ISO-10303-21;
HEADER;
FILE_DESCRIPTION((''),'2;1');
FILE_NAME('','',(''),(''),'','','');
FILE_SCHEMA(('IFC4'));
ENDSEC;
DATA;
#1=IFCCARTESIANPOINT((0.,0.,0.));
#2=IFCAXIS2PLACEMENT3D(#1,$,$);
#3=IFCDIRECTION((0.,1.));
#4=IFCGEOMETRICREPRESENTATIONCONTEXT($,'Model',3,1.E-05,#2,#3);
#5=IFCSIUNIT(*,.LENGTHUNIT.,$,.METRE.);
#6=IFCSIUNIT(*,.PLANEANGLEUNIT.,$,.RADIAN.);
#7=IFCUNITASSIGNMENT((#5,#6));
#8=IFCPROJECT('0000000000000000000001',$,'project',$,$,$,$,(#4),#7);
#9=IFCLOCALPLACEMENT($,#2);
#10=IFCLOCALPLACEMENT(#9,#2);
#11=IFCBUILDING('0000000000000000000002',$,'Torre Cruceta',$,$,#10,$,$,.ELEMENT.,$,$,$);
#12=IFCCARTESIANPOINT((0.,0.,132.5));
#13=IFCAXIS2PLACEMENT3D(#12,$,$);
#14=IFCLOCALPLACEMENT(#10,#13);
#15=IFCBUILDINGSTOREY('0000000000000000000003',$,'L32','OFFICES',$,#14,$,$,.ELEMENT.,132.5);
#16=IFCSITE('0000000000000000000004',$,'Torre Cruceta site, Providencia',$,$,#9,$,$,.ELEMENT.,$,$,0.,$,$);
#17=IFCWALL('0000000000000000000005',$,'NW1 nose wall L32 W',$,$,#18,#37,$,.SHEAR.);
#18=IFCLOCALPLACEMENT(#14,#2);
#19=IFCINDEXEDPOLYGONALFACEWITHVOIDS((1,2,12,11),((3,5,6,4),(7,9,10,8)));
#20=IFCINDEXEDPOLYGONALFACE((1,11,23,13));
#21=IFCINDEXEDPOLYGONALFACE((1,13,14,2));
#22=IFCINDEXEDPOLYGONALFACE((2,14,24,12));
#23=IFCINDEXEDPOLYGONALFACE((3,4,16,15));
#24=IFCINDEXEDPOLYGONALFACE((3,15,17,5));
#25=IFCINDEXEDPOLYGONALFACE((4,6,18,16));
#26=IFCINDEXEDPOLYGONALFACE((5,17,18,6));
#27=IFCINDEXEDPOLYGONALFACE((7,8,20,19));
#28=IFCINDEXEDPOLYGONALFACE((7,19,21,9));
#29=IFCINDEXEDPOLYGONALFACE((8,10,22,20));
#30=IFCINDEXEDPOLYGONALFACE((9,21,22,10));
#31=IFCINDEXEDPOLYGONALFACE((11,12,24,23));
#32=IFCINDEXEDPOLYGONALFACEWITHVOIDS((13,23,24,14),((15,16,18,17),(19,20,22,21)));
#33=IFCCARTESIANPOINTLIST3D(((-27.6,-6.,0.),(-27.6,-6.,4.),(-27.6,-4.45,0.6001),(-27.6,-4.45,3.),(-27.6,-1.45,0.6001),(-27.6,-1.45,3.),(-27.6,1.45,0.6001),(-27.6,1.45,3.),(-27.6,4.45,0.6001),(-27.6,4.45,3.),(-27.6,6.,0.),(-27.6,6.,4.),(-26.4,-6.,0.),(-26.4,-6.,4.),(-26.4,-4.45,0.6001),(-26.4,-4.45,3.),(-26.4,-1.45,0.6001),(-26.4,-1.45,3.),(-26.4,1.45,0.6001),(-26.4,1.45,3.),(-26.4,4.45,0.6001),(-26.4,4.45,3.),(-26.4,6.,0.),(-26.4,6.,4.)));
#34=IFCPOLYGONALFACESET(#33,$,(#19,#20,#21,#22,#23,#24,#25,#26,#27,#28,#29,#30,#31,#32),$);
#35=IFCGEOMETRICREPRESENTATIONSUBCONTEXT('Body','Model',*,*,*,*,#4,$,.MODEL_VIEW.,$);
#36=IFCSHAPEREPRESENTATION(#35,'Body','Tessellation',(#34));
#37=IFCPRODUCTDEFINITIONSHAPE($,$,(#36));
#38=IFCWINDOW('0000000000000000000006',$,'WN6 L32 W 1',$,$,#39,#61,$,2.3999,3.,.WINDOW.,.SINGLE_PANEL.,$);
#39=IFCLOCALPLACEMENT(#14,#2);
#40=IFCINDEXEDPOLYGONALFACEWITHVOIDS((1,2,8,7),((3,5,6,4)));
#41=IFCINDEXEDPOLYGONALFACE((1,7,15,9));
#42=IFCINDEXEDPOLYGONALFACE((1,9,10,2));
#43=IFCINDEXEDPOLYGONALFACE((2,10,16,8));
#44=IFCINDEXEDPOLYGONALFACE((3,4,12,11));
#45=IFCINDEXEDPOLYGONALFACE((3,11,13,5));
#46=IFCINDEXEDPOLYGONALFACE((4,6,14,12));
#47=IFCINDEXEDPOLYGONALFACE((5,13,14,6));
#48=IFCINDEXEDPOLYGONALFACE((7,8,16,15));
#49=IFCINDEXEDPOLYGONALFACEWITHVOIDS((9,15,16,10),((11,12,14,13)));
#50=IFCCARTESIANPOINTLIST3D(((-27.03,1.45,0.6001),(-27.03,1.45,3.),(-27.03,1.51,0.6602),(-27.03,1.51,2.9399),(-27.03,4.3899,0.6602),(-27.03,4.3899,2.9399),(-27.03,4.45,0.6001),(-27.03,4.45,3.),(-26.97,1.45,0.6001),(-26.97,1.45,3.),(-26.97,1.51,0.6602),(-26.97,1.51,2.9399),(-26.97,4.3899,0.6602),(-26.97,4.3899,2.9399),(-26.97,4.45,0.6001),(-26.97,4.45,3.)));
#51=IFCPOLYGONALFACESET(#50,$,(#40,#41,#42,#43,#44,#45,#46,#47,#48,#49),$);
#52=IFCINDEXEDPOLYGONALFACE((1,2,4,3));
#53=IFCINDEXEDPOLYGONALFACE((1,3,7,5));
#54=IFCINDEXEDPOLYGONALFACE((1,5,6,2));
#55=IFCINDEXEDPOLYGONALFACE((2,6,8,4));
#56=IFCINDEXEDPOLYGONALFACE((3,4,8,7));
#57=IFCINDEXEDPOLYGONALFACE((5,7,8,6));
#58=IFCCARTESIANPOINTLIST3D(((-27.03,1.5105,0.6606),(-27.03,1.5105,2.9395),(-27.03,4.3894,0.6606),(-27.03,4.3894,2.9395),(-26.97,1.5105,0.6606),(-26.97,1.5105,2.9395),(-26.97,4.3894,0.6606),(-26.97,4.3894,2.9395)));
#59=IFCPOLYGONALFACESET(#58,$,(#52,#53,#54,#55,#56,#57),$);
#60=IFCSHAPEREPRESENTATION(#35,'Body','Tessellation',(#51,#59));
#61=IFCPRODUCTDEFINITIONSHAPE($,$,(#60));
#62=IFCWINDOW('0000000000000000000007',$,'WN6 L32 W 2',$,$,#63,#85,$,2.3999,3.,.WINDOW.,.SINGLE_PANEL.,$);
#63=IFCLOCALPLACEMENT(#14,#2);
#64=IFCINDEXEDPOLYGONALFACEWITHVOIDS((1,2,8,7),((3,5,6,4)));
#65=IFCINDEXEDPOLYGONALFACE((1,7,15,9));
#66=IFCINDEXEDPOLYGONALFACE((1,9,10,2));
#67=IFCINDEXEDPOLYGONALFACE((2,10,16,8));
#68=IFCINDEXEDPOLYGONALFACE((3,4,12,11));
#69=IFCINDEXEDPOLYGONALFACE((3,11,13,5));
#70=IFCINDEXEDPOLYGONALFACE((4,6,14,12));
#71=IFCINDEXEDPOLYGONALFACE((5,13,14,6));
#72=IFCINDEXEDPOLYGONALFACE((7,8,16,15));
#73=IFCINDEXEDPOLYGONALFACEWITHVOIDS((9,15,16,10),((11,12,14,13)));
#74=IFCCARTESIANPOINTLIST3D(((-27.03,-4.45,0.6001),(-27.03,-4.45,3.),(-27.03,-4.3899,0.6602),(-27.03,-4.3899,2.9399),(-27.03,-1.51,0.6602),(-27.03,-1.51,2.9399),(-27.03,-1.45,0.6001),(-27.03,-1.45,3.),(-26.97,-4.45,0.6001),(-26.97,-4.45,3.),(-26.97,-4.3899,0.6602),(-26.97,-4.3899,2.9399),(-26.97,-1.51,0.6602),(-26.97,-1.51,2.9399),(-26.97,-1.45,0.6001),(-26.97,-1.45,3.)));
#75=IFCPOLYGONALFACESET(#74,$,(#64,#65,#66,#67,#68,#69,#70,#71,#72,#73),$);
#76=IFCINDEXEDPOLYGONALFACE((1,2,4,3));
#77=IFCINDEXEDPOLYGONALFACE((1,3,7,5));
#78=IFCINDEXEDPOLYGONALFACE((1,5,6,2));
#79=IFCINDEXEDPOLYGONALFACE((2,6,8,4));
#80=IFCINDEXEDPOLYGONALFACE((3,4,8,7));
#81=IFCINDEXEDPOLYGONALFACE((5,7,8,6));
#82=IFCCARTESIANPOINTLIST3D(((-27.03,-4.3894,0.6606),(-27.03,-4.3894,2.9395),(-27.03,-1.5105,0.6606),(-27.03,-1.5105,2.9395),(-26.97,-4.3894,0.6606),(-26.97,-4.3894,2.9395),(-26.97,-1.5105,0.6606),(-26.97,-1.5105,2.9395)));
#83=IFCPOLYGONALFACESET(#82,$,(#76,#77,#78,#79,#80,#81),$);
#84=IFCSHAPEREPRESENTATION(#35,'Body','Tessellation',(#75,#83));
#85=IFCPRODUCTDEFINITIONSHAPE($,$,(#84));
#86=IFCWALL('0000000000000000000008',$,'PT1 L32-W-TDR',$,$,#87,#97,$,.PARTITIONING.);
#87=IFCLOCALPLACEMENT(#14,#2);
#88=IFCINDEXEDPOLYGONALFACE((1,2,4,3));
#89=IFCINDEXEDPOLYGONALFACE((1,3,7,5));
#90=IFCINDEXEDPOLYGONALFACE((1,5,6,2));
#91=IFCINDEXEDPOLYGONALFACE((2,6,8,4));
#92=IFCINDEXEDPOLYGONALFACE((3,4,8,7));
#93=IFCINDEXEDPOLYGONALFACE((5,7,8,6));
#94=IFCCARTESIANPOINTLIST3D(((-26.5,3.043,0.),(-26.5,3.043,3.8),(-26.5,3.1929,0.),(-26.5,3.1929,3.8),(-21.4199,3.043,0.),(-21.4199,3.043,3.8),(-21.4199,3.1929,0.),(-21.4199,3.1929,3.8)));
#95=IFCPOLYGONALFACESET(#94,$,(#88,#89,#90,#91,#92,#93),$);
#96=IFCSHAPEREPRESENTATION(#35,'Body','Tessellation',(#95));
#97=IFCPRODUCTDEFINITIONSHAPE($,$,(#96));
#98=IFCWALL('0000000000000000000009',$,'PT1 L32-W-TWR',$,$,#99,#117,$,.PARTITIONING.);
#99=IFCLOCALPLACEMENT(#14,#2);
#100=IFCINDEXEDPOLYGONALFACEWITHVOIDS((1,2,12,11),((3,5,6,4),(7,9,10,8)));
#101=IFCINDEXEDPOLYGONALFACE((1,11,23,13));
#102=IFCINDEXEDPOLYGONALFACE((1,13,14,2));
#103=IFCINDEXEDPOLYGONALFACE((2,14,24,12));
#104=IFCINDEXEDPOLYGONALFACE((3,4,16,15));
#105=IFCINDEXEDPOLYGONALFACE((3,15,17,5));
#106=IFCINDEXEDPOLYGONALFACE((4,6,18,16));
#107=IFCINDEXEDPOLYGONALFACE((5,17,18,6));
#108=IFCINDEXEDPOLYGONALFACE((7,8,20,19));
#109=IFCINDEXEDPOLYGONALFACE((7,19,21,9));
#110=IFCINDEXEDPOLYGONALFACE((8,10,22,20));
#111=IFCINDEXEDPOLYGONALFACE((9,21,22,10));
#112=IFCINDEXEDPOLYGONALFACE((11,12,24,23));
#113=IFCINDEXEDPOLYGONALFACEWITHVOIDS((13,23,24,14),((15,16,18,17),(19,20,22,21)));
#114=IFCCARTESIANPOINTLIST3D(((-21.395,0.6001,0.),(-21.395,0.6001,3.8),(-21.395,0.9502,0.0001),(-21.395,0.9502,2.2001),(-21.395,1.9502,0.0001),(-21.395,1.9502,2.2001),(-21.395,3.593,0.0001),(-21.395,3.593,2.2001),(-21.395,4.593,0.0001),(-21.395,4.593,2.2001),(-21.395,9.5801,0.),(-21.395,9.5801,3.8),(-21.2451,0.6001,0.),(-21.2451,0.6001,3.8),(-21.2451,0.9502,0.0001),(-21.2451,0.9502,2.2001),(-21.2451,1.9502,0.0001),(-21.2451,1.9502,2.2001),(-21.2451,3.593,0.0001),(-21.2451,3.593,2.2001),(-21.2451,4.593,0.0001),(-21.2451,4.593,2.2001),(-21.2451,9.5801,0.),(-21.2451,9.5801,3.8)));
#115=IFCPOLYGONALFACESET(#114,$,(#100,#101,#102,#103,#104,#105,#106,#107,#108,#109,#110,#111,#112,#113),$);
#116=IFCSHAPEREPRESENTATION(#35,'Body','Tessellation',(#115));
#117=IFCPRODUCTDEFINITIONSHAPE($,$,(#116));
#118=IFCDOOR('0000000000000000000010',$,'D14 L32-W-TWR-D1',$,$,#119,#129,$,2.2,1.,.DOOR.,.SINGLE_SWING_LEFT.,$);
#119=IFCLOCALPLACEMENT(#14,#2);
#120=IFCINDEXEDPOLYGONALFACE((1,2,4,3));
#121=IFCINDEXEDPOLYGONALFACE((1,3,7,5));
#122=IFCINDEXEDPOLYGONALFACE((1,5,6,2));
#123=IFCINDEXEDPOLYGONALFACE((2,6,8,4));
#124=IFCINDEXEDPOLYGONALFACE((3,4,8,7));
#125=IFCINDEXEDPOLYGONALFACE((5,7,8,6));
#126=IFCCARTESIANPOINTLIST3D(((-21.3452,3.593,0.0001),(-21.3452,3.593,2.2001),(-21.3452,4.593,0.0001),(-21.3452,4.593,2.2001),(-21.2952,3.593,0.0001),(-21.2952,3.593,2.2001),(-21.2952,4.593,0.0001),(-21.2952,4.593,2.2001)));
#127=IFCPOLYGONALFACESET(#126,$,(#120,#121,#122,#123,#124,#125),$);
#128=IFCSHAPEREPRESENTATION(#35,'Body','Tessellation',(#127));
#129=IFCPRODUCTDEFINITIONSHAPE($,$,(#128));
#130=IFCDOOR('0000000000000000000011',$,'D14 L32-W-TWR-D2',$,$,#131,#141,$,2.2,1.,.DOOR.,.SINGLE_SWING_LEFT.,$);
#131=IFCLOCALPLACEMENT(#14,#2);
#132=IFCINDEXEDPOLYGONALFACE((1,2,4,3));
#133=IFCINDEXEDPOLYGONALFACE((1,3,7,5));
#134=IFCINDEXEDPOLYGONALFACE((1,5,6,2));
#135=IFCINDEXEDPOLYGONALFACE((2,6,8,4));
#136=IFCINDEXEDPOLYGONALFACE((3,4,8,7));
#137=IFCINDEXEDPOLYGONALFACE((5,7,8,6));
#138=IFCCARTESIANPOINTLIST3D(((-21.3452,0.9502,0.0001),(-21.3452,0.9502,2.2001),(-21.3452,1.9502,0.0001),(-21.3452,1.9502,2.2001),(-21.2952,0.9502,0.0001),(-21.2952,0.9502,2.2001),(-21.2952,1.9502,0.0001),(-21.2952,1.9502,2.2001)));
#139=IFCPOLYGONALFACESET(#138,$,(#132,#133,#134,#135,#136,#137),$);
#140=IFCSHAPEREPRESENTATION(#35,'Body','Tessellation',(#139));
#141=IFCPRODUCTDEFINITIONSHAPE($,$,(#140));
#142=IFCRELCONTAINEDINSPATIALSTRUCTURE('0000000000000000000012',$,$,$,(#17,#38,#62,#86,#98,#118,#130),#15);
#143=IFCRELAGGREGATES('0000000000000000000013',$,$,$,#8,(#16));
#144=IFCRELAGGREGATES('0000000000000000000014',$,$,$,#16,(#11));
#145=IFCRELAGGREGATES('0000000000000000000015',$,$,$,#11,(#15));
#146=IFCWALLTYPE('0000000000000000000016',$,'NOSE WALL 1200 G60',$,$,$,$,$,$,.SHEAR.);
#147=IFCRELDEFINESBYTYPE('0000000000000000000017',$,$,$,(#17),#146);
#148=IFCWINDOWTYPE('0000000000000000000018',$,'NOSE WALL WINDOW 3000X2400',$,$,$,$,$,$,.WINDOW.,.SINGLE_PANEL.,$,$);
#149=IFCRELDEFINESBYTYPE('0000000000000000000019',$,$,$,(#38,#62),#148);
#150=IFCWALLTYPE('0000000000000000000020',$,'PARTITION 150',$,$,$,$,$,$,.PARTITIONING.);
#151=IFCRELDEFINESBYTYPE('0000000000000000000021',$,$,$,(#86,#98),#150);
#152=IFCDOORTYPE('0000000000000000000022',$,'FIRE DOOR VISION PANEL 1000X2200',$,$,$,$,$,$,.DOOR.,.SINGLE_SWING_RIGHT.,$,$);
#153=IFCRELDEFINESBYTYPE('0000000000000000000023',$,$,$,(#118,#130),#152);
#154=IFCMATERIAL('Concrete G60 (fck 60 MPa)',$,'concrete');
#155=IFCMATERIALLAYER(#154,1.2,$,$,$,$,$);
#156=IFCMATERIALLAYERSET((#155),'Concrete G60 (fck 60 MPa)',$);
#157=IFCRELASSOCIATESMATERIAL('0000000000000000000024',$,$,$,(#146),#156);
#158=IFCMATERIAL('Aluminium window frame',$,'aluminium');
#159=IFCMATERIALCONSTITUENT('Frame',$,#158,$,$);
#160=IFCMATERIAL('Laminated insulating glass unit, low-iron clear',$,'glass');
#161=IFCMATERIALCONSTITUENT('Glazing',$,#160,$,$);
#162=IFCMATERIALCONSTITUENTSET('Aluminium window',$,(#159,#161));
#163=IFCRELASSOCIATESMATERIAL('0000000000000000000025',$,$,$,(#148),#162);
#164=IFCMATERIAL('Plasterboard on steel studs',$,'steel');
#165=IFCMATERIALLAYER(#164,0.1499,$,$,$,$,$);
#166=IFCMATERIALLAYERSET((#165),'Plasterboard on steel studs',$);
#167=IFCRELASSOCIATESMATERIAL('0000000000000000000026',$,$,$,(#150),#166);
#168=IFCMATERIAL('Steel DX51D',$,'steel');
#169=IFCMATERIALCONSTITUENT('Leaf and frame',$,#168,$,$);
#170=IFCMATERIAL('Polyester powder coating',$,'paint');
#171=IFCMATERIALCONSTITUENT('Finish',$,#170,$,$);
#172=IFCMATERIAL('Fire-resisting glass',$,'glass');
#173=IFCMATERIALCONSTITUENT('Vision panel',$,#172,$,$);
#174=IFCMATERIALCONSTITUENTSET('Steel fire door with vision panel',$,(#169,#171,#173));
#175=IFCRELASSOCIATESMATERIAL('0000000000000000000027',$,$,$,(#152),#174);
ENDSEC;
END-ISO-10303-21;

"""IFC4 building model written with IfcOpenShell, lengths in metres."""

from ifc_helpers import new_model, si_unit, direction, frame, frame_2d, origin, place, context, subcontext, project, spatial, rectangle, hollow_rectangle, extrude, material, layer, layer_set, constituent, constituent_set, type_object, element, fill, save


model = new_model("IFC4")

# Units and contexts
model_context = context("Model", 3, precision=1e-05, world=origin(), true_north=direction((0.0, 1.0)))
body_context = subcontext(model_context, "Body", "Model", "MODEL_VIEW")
ifc_project = project(units=[si_unit("LENGTHUNIT", "METRE"), si_unit("PLANEANGLEUNIT", "RADIAN")], contexts=[model_context])

# Site, building, storey
site_placement = place(None, origin())
site = spatial("IfcSite", under=ifc_project, at=site_placement, Name="Torre Cruceta site, Providencia", CompositionType="ELEMENT", RefElevation=0.0)
building_placement = place(site_placement, origin())
building = spatial("IfcBuilding", under=site, at=building_placement, Name="Torre Cruceta", CompositionType="ELEMENT")
storey_placement = place(building_placement, frame((0.0, 0.0, 132.5)))
storey = spatial("IfcBuildingStorey", under=building, at=storey_placement, Name="L32", Description="OFFICES", CompositionType="ELEMENT", Elevation=132.5)

# Wall, openings, windows
ifc_material_1 = material(Name="Concrete G60 (fck 60 MPa)", Category="concrete")
ifc_layer_1 = layer(ifc_material_1, 1.2)
ifc_layer_set_1 = layer_set([ifc_layer_1], Name="Concrete G60 (fck 60 MPa)")
wall_type_1 = type_object("IfcWallType", Name="NOSE WALL 1200 G60", PredefinedType="SHEAR", material=ifc_layer_set_1)
wall_1_placement = place(storey_placement, frame((-27.0, 6.0, 0.0), z_axis=(0.0, 0.0, 1.0), x_axis=(0.0, -1.0, 0.0)))
wall_1 = element("IfcWall", 1, at=wall_1_placement, inside=storey, type_object=wall_type_1, Name="NW1 nose wall L32 W", PredefinedType="SHEAR", context=body_context, shape_type="SweptSolid", body=[
    extrude(rectangle(XDim=12.0, YDim=1.2, at=frame_2d((6.0, 0.0))), origin(), (0.0, 0.0, 1.0), 4.0),
])
opening_1_placement = place(wall_1_placement, frame((1.55, 0.0, 0.6001)))
opening_1 = element("IfcOpeningElement", 2, at=opening_1_placement, cuts=wall_1, PredefinedType="OPENING", context=body_context, shape_type="SweptSolid", body=[
    extrude(rectangle(XDim=3.0, YDim=2.3999, at=frame_2d((1.5, 1.2))), frame((0.0, 0.6099, 0.0), z_axis=(0.0, -1.0, 0.0), x_axis=(1.0, 0.0, 0.0)), (0.0, 0.0, 1.0), 1.22),
])
opening_2_placement = place(wall_1_placement, frame((7.45, 0.0, 0.6001)))
opening_2 = element("IfcOpeningElement", 3, at=opening_2_placement, cuts=wall_1, PredefinedType="OPENING", context=body_context, shape_type="SweptSolid", body=[
    extrude(rectangle(XDim=3.0, YDim=2.3999, at=frame_2d((1.5, 1.2))), frame((0.0, 0.6099, 0.0), z_axis=(0.0, -1.0, 0.0), x_axis=(1.0, 0.0, 0.0)), (0.0, 0.0, 1.0), 1.22),
])
ifc_material_2 = material(Name="Aluminium window frame", Category="aluminium")
ifc_constituent_1 = constituent(ifc_material_2, Name="Frame")
ifc_material_3 = material(Name="Laminated insulating glass unit, low-iron clear", Category="glass")
ifc_constituent_2 = constituent(ifc_material_3, Name="Glazing")
ifc_constituent_set_1 = constituent_set(constituents=[ifc_constituent_1, ifc_constituent_2], Name="Aluminium window")
window_type_1 = type_object("IfcWindowType", Name="NOSE WALL WINDOW 3000X2400", PartitioningType="SINGLE_PANEL", PredefinedType="WINDOW", material=ifc_constituent_set_1)
window_1_placement = place(opening_1_placement, origin())
window_1 = element("IfcWindow", 4, at=window_1_placement, inside=storey, type_object=window_type_1, Name="WN6 L32 W 1", OverallHeight=2.3999, OverallWidth=3.0, PartitioningType="SINGLE_PANEL", PredefinedType="WINDOW", context=body_context, shape_type="SweptSolid", body=[
    extrude(hollow_rectangle(XDim=3.0, YDim=2.3999, WallThickness=0.0601, at=frame_2d((1.5, 1.2))), frame((0.0, 0.03, 0.0), z_axis=(0.0, -1.0, 0.0), x_axis=(1.0, 0.0, 0.0)), (0.0, 0.0, 1.0), 0.0601),
    extrude(rectangle(XDim=2.8789, YDim=2.2788, at=frame_2d((1.5, 1.2))), frame((0.0, 0.03, 0.0), z_axis=(0.0, -1.0, 0.0), x_axis=(1.0, 0.0, 0.0)), (0.0, 0.0, 1.0), 0.0601),
])
fill(opening_1, window_1)
window_2_placement = place(opening_2_placement, origin())
window_2 = element("IfcWindow", 5, at=window_2_placement, inside=storey, type_object=window_type_1, Name="WN6 L32 W 2", OverallHeight=2.3999, OverallWidth=3.0, PartitioningType="SINGLE_PANEL", PredefinedType="WINDOW", context=body_context, shape_type="SweptSolid", body=[
    extrude(hollow_rectangle(XDim=3.0, YDim=2.3999, WallThickness=0.0601, at=frame_2d((1.5, 1.2))), frame((0.0, 0.03, 0.0), z_axis=(0.0, -1.0, 0.0), x_axis=(1.0, 0.0, 0.0)), (0.0, 0.0, 1.0), 0.0601),
    extrude(rectangle(XDim=2.8789, YDim=2.2788, at=frame_2d((1.5, 1.2))), frame((0.0, 0.03, 0.0), z_axis=(0.0, -1.0, 0.0), x_axis=(1.0, 0.0, 0.0)), (0.0, 0.0, 1.0), 0.0601),
])
fill(opening_2, window_2)

# Wall
ifc_material_4 = material(Name="Plasterboard on steel studs", Category="steel")
ifc_layer_2 = layer(ifc_material_4, 0.1499)
ifc_layer_set_2 = layer_set([ifc_layer_2], Name="Plasterboard on steel studs")
wall_type_2 = type_object("IfcWallType", Name="PARTITION 150", PredefinedType="PARTITIONING", material=ifc_layer_set_2)
wall_2_placement = place(storey_placement, frame((-21.4199, 3.1179, 0.0), z_axis=(0.0, 0.0, 1.0), x_axis=(-1.0, 0.0, 0.0)))
element("IfcWall", 6, at=wall_2_placement, inside=storey, type_object=wall_type_2, Name="PT1 L32-W-TDR", PredefinedType="PARTITIONING", context=body_context, shape_type="SweptSolid", body=[
    extrude(rectangle(XDim=5.0801, YDim=0.1499, at=frame_2d((2.54, 0.0))), origin(), (0.0, 0.0, 1.0), 3.8),
])

# Wall, openings, doors
wall_3_placement = place(storey_placement, frame((-21.3201, 9.5801, 0.0), z_axis=(0.0, 0.0, 1.0), x_axis=(0.0, -1.0, 0.0)))
wall_3 = element("IfcWall", 7, at=wall_3_placement, inside=storey, type_object=wall_type_2, Name="PT1 L32-W-TWR", PredefinedType="PARTITIONING", context=body_context, shape_type="SweptSolid", body=[
    extrude(rectangle(XDim=8.98, YDim=0.1499, at=frame_2d((4.49, 0.0))), origin(), (0.0, 0.0, 1.0), 3.8),
])
opening_3_placement = place(wall_3_placement, frame((4.9871, 0.0, 0.0)))
opening_3 = element("IfcOpeningElement", 8, at=opening_3_placement, cuts=wall_3, PredefinedType="OPENING", context=body_context, shape_type="SweptSolid", body=[
    extrude(rectangle(XDim=1.0, YDim=2.2, at=frame_2d((0.5, 1.1001))), frame((0.0, 0.085, 0.0), z_axis=(0.0, -1.0, 0.0), x_axis=(1.0, 0.0, 0.0)), (0.0, 0.0, 1.0), 0.1699),
])
opening_4_placement = place(wall_3_placement, frame((7.6299, 0.0, 0.0)))
opening_4 = element("IfcOpeningElement", 9, at=opening_4_placement, cuts=wall_3, PredefinedType="OPENING", context=body_context, shape_type="SweptSolid", body=[
    extrude(rectangle(XDim=1.0, YDim=2.2, at=frame_2d((0.5, 1.1001))), frame((0.0, 0.085, 0.0), z_axis=(0.0, -1.0, 0.0), x_axis=(1.0, 0.0, 0.0)), (0.0, 0.0, 1.0), 0.1699),
])
ifc_material_5 = material(Name="Steel DX51D", Category="steel")
ifc_constituent_3 = constituent(ifc_material_5, Name="Leaf and frame")
ifc_material_6 = material(Name="Polyester powder coating", Category="paint")
ifc_constituent_4 = constituent(ifc_material_6, Name="Finish")
ifc_material_7 = material(Name="Fire-resisting glass", Category="glass")
ifc_constituent_5 = constituent(ifc_material_7, Name="Vision panel")
ifc_constituent_set_2 = constituent_set(constituents=[ifc_constituent_3, ifc_constituent_4, ifc_constituent_5], Name="Steel fire door with vision panel")
door_type = type_object("IfcDoorType", Name="FIRE DOOR VISION PANEL 1000X2200", OperationType="SINGLE_SWING_RIGHT", PredefinedType="DOOR", material=ifc_constituent_set_2)
door_1_placement = place(opening_3_placement, frame((1.0, 0.0, 0.0), z_axis=(0.0, 0.0, 1.0), x_axis=(-1.0, 0.0, 0.0)))
door_1 = element("IfcDoor", 10, at=door_1_placement, inside=storey, type_object=door_type, Name="D14 L32-W-TWR-D1", OperationType="SINGLE_SWING_LEFT", OverallHeight=2.2, OverallWidth=1.0, PredefinedType="DOOR", context=body_context, shape_type="SweptSolid", body=[
    extrude(rectangle(XDim=1.0, YDim=2.2, at=frame_2d((0.5, 1.1001))), frame((0.0, 0.0251, 0.0), z_axis=(0.0, -1.0, 0.0), x_axis=(1.0, 0.0, 0.0)), (0.0, 0.0, 1.0), 0.05),
])
fill(opening_3, door_1)
door_2_placement = place(opening_4_placement, frame((1.0, 0.0, 0.0), z_axis=(0.0, 0.0, 1.0), x_axis=(-1.0, 0.0, 0.0)))
door_2 = element("IfcDoor", 11, at=door_2_placement, inside=storey, type_object=door_type, Name="D14 L32-W-TWR-D2", OperationType="SINGLE_SWING_LEFT", OverallHeight=2.2, OverallWidth=1.0, PredefinedType="DOOR", context=body_context, shape_type="SweptSolid", body=[
    extrude(rectangle(XDim=1.0, YDim=2.2, at=frame_2d((0.5, 1.1001))), frame((0.0, 0.0251, 0.0), z_axis=(0.0, -1.0, 0.0), x_axis=(1.0, 0.0, 0.0)), (0.0, 0.0, 1.0), 0.05),
])
fill(opening_4, door_2)

save(model, "model.ifc")
